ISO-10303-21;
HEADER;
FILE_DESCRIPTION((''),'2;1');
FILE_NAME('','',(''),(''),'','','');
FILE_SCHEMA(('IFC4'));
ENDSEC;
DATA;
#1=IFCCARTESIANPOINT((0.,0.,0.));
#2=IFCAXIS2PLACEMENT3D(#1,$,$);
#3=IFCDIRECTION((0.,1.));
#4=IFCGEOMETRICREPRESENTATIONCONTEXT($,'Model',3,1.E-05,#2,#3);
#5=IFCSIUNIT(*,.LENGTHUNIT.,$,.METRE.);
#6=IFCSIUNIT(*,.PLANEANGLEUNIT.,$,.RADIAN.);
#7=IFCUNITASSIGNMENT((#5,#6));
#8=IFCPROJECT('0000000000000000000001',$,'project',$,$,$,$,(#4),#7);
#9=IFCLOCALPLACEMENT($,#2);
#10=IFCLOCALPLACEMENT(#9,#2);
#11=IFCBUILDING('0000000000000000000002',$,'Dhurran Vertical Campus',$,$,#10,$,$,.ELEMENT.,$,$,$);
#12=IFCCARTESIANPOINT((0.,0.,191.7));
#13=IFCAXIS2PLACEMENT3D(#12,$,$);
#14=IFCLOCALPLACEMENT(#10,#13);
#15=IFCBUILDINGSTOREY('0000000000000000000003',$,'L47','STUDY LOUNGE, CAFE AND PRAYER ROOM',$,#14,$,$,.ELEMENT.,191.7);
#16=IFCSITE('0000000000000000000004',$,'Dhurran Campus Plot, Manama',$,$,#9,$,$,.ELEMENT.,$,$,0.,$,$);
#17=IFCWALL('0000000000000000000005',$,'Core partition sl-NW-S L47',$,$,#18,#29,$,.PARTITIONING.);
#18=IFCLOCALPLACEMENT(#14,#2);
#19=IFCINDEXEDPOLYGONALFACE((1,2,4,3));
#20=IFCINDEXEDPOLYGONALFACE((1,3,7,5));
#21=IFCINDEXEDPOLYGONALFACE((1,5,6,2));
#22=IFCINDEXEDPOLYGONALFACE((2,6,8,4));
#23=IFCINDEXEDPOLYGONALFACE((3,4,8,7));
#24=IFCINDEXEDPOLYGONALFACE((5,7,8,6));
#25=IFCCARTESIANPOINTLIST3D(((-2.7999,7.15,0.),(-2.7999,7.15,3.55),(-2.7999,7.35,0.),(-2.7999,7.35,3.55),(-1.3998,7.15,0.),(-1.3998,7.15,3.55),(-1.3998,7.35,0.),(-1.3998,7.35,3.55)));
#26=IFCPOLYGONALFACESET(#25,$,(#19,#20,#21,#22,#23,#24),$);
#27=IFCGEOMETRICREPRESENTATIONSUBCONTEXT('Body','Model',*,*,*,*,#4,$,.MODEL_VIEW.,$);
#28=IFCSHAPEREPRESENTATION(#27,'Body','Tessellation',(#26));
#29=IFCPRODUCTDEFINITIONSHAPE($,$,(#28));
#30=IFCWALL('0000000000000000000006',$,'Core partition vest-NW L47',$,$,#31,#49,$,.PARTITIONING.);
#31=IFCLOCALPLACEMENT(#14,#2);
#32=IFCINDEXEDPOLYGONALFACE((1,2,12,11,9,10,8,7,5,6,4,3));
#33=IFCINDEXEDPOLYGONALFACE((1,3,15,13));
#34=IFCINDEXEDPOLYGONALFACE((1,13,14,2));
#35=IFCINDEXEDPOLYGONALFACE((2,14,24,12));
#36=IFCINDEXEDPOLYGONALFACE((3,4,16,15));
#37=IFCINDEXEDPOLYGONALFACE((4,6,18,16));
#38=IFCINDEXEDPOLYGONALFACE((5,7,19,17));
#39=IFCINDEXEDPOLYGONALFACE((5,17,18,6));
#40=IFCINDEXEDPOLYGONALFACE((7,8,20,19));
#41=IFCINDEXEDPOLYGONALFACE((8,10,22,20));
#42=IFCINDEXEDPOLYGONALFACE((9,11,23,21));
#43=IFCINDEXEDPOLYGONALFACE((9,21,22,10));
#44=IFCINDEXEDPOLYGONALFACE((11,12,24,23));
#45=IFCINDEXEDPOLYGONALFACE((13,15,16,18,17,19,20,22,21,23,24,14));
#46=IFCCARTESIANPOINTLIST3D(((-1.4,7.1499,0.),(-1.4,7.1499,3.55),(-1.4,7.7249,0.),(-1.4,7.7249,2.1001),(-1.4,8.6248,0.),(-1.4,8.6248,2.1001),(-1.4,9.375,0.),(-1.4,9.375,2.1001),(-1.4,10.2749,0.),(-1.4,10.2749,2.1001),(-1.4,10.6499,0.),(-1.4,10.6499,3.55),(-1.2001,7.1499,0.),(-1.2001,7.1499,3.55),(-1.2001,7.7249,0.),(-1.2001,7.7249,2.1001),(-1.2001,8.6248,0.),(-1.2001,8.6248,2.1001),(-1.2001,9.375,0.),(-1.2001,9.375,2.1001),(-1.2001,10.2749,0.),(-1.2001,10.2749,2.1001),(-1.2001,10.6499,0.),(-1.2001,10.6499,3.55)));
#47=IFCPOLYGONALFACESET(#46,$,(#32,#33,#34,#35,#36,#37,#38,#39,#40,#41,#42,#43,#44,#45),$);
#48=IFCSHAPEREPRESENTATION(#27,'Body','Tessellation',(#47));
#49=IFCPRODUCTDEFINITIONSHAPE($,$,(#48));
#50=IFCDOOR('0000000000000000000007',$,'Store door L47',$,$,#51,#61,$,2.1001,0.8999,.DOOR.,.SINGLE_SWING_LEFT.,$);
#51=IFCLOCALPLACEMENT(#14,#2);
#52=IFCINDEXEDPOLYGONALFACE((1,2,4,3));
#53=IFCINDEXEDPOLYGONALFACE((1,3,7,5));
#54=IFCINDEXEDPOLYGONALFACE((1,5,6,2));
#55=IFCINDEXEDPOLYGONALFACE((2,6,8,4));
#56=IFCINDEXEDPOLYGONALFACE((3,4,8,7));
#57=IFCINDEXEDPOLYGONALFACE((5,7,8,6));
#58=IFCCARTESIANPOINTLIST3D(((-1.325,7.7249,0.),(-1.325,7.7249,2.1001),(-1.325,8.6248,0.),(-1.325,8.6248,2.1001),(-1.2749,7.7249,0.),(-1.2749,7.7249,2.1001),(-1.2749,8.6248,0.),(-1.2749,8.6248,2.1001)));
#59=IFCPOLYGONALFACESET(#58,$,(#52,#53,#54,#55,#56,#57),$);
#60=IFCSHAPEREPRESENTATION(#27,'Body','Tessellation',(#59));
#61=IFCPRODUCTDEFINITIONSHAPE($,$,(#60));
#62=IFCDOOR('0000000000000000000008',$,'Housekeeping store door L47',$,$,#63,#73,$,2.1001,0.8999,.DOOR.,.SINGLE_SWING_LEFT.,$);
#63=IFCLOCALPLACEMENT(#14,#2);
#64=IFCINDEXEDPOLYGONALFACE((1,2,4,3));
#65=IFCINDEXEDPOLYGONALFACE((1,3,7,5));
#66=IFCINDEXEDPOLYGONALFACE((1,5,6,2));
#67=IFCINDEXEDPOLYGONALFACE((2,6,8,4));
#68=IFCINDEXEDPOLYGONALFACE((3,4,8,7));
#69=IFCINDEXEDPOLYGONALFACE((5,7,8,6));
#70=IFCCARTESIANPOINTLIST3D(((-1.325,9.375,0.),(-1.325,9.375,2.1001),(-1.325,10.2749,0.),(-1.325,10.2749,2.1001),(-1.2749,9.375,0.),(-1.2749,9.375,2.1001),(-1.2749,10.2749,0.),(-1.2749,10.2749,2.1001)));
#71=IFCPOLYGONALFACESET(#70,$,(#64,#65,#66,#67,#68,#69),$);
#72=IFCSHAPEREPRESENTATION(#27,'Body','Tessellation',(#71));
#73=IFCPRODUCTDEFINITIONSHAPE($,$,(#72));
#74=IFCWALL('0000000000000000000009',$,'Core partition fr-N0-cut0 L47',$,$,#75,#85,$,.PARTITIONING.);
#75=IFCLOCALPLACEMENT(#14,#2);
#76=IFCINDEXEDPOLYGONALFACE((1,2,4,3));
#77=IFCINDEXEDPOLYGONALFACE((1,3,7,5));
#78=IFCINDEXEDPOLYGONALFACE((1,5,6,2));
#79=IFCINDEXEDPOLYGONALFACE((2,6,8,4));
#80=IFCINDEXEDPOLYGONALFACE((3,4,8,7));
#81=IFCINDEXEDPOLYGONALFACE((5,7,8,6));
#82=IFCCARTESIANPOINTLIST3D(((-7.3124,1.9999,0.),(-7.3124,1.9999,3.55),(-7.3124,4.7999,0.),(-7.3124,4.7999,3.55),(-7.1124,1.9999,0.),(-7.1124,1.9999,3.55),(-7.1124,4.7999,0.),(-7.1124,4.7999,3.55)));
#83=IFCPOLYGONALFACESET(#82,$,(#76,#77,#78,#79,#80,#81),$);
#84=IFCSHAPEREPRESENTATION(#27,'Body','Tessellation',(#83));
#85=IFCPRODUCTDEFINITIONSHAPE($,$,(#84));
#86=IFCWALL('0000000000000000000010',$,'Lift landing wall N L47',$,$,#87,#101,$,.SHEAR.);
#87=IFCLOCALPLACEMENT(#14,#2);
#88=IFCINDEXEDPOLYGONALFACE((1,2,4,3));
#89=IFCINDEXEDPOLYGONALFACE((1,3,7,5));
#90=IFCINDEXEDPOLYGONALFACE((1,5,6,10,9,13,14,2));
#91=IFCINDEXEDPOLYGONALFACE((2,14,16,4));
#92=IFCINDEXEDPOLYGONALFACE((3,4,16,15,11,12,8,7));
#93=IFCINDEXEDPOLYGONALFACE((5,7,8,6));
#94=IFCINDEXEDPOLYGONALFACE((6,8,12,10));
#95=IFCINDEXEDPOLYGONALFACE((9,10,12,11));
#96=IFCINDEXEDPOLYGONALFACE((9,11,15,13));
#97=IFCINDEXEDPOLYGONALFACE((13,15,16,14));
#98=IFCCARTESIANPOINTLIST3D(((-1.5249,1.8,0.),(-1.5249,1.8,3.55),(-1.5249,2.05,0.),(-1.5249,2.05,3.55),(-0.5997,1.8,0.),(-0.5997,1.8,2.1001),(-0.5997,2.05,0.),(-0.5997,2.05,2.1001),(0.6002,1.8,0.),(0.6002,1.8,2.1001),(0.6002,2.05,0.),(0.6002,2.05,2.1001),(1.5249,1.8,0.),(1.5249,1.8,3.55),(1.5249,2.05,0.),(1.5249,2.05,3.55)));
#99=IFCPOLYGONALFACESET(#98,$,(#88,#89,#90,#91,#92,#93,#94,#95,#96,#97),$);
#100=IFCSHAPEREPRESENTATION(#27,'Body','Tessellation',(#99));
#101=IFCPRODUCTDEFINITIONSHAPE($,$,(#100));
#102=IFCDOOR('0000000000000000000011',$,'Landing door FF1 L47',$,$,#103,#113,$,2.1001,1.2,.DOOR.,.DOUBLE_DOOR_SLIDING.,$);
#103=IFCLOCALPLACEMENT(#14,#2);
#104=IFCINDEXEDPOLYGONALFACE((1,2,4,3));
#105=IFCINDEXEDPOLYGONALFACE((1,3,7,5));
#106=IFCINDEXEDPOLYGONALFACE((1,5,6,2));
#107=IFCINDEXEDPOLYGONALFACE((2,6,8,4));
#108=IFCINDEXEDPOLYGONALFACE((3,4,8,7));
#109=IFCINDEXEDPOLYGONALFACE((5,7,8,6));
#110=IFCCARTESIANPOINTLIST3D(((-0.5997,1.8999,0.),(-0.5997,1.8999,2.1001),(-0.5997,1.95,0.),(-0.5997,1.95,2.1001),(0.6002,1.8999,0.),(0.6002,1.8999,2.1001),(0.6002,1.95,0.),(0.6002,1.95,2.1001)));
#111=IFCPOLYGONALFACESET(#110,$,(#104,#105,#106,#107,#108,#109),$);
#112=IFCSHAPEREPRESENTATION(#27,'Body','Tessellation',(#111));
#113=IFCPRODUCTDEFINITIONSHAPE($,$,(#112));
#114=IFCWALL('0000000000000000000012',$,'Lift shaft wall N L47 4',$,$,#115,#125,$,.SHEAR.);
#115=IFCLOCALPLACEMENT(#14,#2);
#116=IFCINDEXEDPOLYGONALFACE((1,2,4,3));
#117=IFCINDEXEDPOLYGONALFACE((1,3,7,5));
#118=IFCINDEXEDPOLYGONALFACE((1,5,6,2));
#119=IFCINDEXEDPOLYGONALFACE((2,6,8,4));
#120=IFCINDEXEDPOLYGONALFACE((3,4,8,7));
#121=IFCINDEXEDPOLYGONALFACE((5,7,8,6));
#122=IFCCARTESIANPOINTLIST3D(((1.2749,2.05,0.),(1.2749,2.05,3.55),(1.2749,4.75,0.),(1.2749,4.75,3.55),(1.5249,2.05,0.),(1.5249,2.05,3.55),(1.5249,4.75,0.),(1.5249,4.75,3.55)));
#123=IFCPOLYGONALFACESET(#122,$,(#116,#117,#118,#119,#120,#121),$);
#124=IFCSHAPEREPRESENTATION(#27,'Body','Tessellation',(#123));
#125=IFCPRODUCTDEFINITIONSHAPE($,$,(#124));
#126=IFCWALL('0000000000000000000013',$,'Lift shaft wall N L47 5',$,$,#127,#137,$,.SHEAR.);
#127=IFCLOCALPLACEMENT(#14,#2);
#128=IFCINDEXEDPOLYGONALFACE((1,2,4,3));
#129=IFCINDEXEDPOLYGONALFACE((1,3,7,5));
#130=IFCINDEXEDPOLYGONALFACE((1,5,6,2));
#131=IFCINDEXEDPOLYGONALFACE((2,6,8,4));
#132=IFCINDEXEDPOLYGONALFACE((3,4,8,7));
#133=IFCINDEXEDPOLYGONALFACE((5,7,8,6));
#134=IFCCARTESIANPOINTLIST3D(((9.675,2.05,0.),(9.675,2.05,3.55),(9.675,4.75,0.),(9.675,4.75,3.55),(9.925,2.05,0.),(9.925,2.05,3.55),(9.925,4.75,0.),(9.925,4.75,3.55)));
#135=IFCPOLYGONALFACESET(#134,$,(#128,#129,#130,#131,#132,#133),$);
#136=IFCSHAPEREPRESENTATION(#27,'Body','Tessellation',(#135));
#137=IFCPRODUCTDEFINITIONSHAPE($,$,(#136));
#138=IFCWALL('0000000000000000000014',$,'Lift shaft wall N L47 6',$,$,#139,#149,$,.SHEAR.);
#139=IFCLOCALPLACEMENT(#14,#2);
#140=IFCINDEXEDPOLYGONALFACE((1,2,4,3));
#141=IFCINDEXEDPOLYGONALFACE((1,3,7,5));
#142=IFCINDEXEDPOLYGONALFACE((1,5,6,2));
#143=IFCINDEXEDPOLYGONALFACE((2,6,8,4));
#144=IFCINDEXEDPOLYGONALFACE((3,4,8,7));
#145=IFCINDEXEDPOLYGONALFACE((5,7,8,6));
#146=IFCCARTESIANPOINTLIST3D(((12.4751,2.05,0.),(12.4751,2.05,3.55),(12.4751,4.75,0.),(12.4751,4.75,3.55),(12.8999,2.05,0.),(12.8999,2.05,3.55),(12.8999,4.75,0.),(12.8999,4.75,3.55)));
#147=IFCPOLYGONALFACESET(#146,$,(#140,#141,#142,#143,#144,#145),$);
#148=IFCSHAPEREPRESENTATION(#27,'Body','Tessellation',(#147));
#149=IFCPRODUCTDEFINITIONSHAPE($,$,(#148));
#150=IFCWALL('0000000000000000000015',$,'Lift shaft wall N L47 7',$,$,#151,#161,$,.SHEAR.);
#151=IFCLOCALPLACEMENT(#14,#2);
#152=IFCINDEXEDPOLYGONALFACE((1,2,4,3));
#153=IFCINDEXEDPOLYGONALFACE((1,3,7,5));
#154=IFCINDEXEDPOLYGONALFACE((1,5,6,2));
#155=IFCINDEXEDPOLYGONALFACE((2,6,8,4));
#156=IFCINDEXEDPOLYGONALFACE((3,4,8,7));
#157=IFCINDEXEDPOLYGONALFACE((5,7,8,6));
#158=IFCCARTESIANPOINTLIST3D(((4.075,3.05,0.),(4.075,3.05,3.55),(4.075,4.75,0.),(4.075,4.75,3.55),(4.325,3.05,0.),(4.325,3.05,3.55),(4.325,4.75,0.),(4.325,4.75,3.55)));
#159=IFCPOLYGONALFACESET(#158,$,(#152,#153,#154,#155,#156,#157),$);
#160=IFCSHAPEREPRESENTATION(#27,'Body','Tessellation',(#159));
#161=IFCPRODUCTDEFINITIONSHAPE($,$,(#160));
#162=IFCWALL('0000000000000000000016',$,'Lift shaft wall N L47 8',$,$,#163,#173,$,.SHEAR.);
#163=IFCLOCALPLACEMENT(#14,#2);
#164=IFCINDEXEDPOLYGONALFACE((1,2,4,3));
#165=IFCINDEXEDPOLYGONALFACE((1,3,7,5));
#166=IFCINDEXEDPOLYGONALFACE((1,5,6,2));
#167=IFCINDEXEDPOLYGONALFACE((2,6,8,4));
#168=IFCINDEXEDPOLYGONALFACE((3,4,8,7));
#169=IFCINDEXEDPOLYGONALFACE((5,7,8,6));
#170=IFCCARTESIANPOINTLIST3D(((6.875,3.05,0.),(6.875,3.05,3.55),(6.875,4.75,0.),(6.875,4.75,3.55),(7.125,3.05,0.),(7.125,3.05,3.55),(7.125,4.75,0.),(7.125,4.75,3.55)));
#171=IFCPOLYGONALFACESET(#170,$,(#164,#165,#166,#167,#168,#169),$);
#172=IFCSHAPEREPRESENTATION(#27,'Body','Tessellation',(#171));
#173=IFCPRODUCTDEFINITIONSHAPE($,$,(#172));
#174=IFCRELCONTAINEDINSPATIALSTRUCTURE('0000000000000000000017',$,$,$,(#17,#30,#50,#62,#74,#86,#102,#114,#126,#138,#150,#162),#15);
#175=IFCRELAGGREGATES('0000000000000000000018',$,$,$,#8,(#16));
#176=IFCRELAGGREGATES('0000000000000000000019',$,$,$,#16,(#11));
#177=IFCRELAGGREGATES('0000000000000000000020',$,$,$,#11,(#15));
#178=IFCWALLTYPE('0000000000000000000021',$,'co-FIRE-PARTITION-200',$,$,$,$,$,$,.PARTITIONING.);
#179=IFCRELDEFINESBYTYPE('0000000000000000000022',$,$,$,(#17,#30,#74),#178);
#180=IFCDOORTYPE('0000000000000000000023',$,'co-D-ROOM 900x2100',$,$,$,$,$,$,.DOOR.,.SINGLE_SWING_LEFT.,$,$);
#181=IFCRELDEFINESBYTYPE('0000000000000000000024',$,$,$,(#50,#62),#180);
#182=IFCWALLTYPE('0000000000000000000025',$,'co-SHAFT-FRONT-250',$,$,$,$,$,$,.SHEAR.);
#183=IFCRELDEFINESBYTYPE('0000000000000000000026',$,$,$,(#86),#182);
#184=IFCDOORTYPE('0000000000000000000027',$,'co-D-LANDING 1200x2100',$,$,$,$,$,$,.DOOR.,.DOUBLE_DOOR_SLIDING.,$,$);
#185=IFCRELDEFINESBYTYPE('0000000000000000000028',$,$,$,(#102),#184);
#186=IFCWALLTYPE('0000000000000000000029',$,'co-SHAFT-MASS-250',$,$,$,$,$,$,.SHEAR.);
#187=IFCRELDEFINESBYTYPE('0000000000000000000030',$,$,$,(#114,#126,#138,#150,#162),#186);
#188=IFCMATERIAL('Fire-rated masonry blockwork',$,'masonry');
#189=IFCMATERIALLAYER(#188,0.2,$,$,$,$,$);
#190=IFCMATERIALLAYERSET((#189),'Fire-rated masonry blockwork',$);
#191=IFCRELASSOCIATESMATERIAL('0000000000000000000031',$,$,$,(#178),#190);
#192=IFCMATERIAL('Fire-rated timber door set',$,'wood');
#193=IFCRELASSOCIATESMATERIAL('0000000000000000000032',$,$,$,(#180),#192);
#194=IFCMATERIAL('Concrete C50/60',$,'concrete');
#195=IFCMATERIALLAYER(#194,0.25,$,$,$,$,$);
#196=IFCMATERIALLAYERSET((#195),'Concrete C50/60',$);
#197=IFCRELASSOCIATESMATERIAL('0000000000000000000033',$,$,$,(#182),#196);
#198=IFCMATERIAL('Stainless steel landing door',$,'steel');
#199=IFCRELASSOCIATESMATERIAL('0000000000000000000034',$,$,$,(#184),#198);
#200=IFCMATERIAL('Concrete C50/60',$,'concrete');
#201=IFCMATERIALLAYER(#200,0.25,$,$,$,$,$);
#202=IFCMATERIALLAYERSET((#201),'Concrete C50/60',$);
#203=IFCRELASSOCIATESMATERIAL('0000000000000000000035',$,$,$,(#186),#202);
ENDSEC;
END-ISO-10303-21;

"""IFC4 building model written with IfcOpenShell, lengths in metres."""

from ifc_helpers import new_model, si_unit, direction, frame, frame_2d, origin, place, context, subcontext, project, spatial, polyline, rectangle, outline, extrude, material, layer, layer_set, type_object, element, fill, save


model = new_model("IFC4")

# Units and contexts
model_context = context("Model", 3, precision=1e-05, world=origin(), true_north=direction((0.0, 1.0)))
body_context = subcontext(model_context, "Body", "Model", "MODEL_VIEW")
ifc_project = project(units=[si_unit("LENGTHUNIT", "METRE"), si_unit("PLANEANGLEUNIT", "RADIAN")], contexts=[model_context])

# Site, building, storey
site_placement = place(None, origin())
site = spatial("IfcSite", under=ifc_project, at=site_placement, Name="Dhurran Campus Plot, Manama", CompositionType="ELEMENT", RefElevation=0.0)
building_placement = place(site_placement, origin())
building = spatial("IfcBuilding", under=site, at=building_placement, Name="Dhurran Vertical Campus", CompositionType="ELEMENT")
storey_placement = place(building_placement, frame((0.0, 0.0, 191.7)))
storey = spatial("IfcBuildingStorey", under=building, at=storey_placement, Name="L47", Description="STUDY LOUNGE, CAFE AND PRAYER ROOM", CompositionType="ELEMENT", Elevation=191.7)

# Wall
ifc_material_1 = material(Name="Fire-rated masonry blockwork", Category="masonry")
ifc_layer_1 = layer(ifc_material_1, 0.2)
ifc_layer_set_1 = layer_set([ifc_layer_1], Name="Fire-rated masonry blockwork")
wall_type_1 = type_object("IfcWallType", Name="co-FIRE-PARTITION-200", PredefinedType="PARTITIONING", material=ifc_layer_set_1)
wall_1_placement = place(storey_placement, frame((-2.8, 7.25, 0.0), z_axis=(0.0, 0.0, 1.0), x_axis=(1.0, 0.0, 0.0)))
element("IfcWall", 1, at=wall_1_placement, inside=storey, type_object=wall_type_1, Name="Core partition sl-NW-S L47", PredefinedType="PARTITIONING", context=body_context, shape_type="SweptSolid", body=[
    extrude(rectangle(XDim=1.4001, YDim=0.2, at=frame_2d((0.7002, 0.0))), origin(), (0.0, 0.0, 1.0), 3.55),
])

# Wall, openings, doors
wall_2_placement = place(storey_placement, frame((-1.3, 7.1499, 0.0), z_axis=(0.0, 0.0, 1.0), x_axis=(0.0, 1.0, 0.0)))
wall_2 = element("IfcWall", 2, at=wall_2_placement, inside=storey, type_object=wall_type_1, Name="Core partition vest-NW L47", PredefinedType="PARTITIONING", context=body_context, shape_type="SweptSolid", body=[
    extrude(rectangle(XDim=3.5, YDim=0.2, at=frame_2d((1.75, 0.0))), origin(), (0.0, 0.0, 1.0), 3.55),
])
opening_1_placement = place(wall_2_placement, frame((0.575, 0.0, 0.0)))
opening_1 = element("IfcOpeningElement", 3, at=opening_1_placement, cuts=wall_2, PredefinedType="OPENING", context=body_context, shape_type="SweptSolid", body=[
    extrude(rectangle(XDim=0.8999, YDim=2.1001, at=frame_2d((0.45, 1.05))), frame((0.0, 0.1099, 0.0), z_axis=(0.0, -1.0, 0.0), x_axis=(1.0, 0.0, 0.0)), (0.0, 0.0, 1.0), 0.22),
])
opening_2_placement = place(wall_2_placement, frame((2.2251, 0.0, 0.0)))
opening_2 = element("IfcOpeningElement", 4, at=opening_2_placement, cuts=wall_2, PredefinedType="OPENING", context=body_context, shape_type="SweptSolid", body=[
    extrude(rectangle(XDim=0.8999, YDim=2.1001, at=frame_2d((0.45, 1.05))), frame((0.0, 0.1099, 0.0), z_axis=(0.0, -1.0, 0.0), x_axis=(1.0, 0.0, 0.0)), (0.0, 0.0, 1.0), 0.22),
])
ifc_material_2 = material(Name="Fire-rated timber door set", Category="wood")
door_type_1 = type_object("IfcDoorType", Name="co-D-ROOM 900x2100", OperationType="SINGLE_SWING_LEFT", PredefinedType="DOOR", material=ifc_material_2)
door_1_placement = place(opening_1_placement, origin())
door_1 = element("IfcDoor", 5, at=door_1_placement, inside=storey, type_object=door_type_1, Name="Store door L47", OperationType="SINGLE_SWING_LEFT", OverallHeight=2.1001, OverallWidth=0.8999, PredefinedType="DOOR", context=body_context, shape_type="SweptSolid", body=[
    extrude(rectangle(XDim=0.8999, YDim=2.1001, at=frame_2d((0.45, 1.05))), frame((0.0, 0.0249, 0.0), z_axis=(0.0, -1.0, 0.0), x_axis=(1.0, 0.0, 0.0)), (0.0, 0.0, 1.0), 0.05),
])
fill(opening_1, door_1)
door_2_placement = place(opening_2_placement, origin())
door_2 = element("IfcDoor", 6, at=door_2_placement, inside=storey, type_object=door_type_1, Name="Housekeeping store door L47", OperationType="SINGLE_SWING_LEFT", OverallHeight=2.1001, OverallWidth=0.8999, PredefinedType="DOOR", context=body_context, shape_type="SweptSolid", body=[
    extrude(rectangle(XDim=0.8999, YDim=2.1001, at=frame_2d((0.45, 1.05))), frame((0.0, 0.0249, 0.0), z_axis=(0.0, -1.0, 0.0), x_axis=(1.0, 0.0, 0.0)), (0.0, 0.0, 1.0), 0.05),
])
fill(opening_2, door_2)

# Wall
wall_3_placement = place(storey_placement, frame((-7.2124, 2.0, 0.0), z_axis=(0.0, 0.0, 1.0), x_axis=(0.0, 1.0, 0.0)))
element("IfcWall", 7, at=wall_3_placement, inside=storey, type_object=wall_type_1, Name="Core partition fr-N0-cut0 L47", PredefinedType="PARTITIONING", context=body_context, shape_type="SweptSolid", body=[
    extrude(rectangle(XDim=2.8, YDim=0.2, at=frame_2d((1.3999, 0.0))), origin(), (0.0, 0.0, 1.0), 3.55),
])

# Wall, opening, door
ifc_material_3 = material(Name="Concrete C50/60", Category="concrete")
ifc_layer_2 = layer(ifc_material_3, 0.25)
ifc_layer_set_2 = layer_set([ifc_layer_2], Name="Concrete C50/60")
wall_type_2 = type_object("IfcWallType", Name="co-SHAFT-FRONT-250", PredefinedType="SHEAR", material=ifc_layer_set_2)
wall_4_placement = place(storey_placement, frame((-1.5249, 1.925, 0.0), z_axis=(0.0, 0.0, 1.0), x_axis=(1.0, 0.0, 0.0)))
wall_4 = element("IfcWall", 8, at=wall_4_placement, inside=storey, type_object=wall_type_2, Name="Lift landing wall N L47", PredefinedType="SHEAR", context=body_context, shape_type="SweptSolid", body=[
    extrude(rectangle(XDim=3.0498, YDim=0.25, at=frame_2d((1.5249, 0.0))), origin(), (0.0, 0.0, 1.0), 3.55),
])
opening_3_placement = place(wall_4_placement, frame((0.925, 0.0, 0.0)))
opening_3 = element("IfcOpeningElement", 9, at=opening_3_placement, cuts=wall_4, PredefinedType="OPENING", context=body_context, shape_type="SweptSolid", body=[
    extrude(rectangle(XDim=1.2, YDim=2.1001, at=frame_2d((0.6001, 1.05))), frame((0.0, 0.135, 0.0), z_axis=(0.0, -1.0, 0.0), x_axis=(1.0, 0.0, 0.0)), (0.0, 0.0, 1.0), 0.27),
])
ifc_material_4 = material(Name="Stainless steel landing door", Category="steel")
door_type_2 = type_object("IfcDoorType", Name="co-D-LANDING 1200x2100", OperationType="DOUBLE_DOOR_SLIDING", PredefinedType="DOOR", material=ifc_material_4)
door_3_placement = place(opening_3_placement, origin())
door_3 = element("IfcDoor", 10, at=door_3_placement, inside=storey, type_object=door_type_2, Name="Landing door FF1 L47", OperationType="DOUBLE_DOOR_SLIDING", OverallHeight=2.1001, OverallWidth=1.2, PredefinedType="DOOR", context=body_context, shape_type="SweptSolid", body=[
    extrude(rectangle(XDim=1.2, YDim=2.1001, at=frame_2d((0.6001, 1.05))), frame((0.0, 0.0249, 0.0), z_axis=(0.0, -1.0, 0.0), x_axis=(1.0, 0.0, 0.0)), (0.0, 0.0, 1.0), 0.05),
])
fill(opening_3, door_3)

# Walls
ifc_material_5 = material(Name="Concrete C50/60", Category="concrete")
ifc_layer_3 = layer(ifc_material_5, 0.25)
ifc_layer_set_3 = layer_set([ifc_layer_3], Name="Concrete C50/60")
wall_type_3 = type_object("IfcWallType", Name="co-SHAFT-MASS-250", PredefinedType="SHEAR", material=ifc_layer_set_3)
wall_5_placement = place(storey_placement, origin())
element("IfcWall", 11, at=wall_5_placement, inside=storey, type_object=wall_type_3, Name="Lift shaft wall N L47 4", PredefinedType="SHEAR", context=body_context, shape_type="SweptSolid", body=[
    extrude(outline(polyline([(1.2749, 2.05), (1.5249, 2.05), (1.5249, 4.75), (1.2749, 4.75), (1.2749, 2.05)])), origin(), (0.0, 0.0, 1.0), 3.55),
])
wall_6_placement = place(storey_placement, origin())
element("IfcWall", 12, at=wall_6_placement, inside=storey, type_object=wall_type_3, Name="Lift shaft wall N L47 5", PredefinedType="SHEAR", context=body_context, shape_type="SweptSolid", body=[
    extrude(outline(polyline([(9.675, 2.05), (9.925, 2.05), (9.925, 4.75), (9.675, 4.75), (9.675, 2.05)])), origin(), (0.0, 0.0, 1.0), 3.55),
])
wall_7_placement = place(storey_placement, origin())
element("IfcWall", 13, at=wall_7_placement, inside=storey, type_object=wall_type_3, Name="Lift shaft wall N L47 6", PredefinedType="SHEAR", context=body_context, shape_type="SweptSolid", body=[
    extrude(outline(polyline([(12.4751, 2.05), (12.8999, 2.05), (12.8999, 4.75), (12.4751, 4.75), (12.4751, 2.05)])), origin(), (0.0, 0.0, 1.0), 3.55),
])
wall_8_placement = place(storey_placement, origin())
element("IfcWall", 14, at=wall_8_placement, inside=storey, type_object=wall_type_3, Name="Lift shaft wall N L47 7", PredefinedType="SHEAR", context=body_context, shape_type="SweptSolid", body=[
    extrude(outline(polyline([(4.075, 3.05), (4.325, 3.05), (4.325, 4.75), (4.075, 4.75), (4.075, 3.05)])), origin(), (0.0, 0.0, 1.0), 3.55),
])
wall_9_placement = place(storey_placement, origin())
element("IfcWall", 15, at=wall_9_placement, inside=storey, type_object=wall_type_3, Name="Lift shaft wall N L47 8", PredefinedType="SHEAR", context=body_context, shape_type="SweptSolid", body=[
    extrude(outline(polyline([(6.875, 3.05), (7.125, 3.05), (7.125, 4.75), (6.875, 4.75), (6.875, 3.05)])), origin(), (0.0, 0.0, 1.0), 3.55),
])

save(model, "model.ifc")
